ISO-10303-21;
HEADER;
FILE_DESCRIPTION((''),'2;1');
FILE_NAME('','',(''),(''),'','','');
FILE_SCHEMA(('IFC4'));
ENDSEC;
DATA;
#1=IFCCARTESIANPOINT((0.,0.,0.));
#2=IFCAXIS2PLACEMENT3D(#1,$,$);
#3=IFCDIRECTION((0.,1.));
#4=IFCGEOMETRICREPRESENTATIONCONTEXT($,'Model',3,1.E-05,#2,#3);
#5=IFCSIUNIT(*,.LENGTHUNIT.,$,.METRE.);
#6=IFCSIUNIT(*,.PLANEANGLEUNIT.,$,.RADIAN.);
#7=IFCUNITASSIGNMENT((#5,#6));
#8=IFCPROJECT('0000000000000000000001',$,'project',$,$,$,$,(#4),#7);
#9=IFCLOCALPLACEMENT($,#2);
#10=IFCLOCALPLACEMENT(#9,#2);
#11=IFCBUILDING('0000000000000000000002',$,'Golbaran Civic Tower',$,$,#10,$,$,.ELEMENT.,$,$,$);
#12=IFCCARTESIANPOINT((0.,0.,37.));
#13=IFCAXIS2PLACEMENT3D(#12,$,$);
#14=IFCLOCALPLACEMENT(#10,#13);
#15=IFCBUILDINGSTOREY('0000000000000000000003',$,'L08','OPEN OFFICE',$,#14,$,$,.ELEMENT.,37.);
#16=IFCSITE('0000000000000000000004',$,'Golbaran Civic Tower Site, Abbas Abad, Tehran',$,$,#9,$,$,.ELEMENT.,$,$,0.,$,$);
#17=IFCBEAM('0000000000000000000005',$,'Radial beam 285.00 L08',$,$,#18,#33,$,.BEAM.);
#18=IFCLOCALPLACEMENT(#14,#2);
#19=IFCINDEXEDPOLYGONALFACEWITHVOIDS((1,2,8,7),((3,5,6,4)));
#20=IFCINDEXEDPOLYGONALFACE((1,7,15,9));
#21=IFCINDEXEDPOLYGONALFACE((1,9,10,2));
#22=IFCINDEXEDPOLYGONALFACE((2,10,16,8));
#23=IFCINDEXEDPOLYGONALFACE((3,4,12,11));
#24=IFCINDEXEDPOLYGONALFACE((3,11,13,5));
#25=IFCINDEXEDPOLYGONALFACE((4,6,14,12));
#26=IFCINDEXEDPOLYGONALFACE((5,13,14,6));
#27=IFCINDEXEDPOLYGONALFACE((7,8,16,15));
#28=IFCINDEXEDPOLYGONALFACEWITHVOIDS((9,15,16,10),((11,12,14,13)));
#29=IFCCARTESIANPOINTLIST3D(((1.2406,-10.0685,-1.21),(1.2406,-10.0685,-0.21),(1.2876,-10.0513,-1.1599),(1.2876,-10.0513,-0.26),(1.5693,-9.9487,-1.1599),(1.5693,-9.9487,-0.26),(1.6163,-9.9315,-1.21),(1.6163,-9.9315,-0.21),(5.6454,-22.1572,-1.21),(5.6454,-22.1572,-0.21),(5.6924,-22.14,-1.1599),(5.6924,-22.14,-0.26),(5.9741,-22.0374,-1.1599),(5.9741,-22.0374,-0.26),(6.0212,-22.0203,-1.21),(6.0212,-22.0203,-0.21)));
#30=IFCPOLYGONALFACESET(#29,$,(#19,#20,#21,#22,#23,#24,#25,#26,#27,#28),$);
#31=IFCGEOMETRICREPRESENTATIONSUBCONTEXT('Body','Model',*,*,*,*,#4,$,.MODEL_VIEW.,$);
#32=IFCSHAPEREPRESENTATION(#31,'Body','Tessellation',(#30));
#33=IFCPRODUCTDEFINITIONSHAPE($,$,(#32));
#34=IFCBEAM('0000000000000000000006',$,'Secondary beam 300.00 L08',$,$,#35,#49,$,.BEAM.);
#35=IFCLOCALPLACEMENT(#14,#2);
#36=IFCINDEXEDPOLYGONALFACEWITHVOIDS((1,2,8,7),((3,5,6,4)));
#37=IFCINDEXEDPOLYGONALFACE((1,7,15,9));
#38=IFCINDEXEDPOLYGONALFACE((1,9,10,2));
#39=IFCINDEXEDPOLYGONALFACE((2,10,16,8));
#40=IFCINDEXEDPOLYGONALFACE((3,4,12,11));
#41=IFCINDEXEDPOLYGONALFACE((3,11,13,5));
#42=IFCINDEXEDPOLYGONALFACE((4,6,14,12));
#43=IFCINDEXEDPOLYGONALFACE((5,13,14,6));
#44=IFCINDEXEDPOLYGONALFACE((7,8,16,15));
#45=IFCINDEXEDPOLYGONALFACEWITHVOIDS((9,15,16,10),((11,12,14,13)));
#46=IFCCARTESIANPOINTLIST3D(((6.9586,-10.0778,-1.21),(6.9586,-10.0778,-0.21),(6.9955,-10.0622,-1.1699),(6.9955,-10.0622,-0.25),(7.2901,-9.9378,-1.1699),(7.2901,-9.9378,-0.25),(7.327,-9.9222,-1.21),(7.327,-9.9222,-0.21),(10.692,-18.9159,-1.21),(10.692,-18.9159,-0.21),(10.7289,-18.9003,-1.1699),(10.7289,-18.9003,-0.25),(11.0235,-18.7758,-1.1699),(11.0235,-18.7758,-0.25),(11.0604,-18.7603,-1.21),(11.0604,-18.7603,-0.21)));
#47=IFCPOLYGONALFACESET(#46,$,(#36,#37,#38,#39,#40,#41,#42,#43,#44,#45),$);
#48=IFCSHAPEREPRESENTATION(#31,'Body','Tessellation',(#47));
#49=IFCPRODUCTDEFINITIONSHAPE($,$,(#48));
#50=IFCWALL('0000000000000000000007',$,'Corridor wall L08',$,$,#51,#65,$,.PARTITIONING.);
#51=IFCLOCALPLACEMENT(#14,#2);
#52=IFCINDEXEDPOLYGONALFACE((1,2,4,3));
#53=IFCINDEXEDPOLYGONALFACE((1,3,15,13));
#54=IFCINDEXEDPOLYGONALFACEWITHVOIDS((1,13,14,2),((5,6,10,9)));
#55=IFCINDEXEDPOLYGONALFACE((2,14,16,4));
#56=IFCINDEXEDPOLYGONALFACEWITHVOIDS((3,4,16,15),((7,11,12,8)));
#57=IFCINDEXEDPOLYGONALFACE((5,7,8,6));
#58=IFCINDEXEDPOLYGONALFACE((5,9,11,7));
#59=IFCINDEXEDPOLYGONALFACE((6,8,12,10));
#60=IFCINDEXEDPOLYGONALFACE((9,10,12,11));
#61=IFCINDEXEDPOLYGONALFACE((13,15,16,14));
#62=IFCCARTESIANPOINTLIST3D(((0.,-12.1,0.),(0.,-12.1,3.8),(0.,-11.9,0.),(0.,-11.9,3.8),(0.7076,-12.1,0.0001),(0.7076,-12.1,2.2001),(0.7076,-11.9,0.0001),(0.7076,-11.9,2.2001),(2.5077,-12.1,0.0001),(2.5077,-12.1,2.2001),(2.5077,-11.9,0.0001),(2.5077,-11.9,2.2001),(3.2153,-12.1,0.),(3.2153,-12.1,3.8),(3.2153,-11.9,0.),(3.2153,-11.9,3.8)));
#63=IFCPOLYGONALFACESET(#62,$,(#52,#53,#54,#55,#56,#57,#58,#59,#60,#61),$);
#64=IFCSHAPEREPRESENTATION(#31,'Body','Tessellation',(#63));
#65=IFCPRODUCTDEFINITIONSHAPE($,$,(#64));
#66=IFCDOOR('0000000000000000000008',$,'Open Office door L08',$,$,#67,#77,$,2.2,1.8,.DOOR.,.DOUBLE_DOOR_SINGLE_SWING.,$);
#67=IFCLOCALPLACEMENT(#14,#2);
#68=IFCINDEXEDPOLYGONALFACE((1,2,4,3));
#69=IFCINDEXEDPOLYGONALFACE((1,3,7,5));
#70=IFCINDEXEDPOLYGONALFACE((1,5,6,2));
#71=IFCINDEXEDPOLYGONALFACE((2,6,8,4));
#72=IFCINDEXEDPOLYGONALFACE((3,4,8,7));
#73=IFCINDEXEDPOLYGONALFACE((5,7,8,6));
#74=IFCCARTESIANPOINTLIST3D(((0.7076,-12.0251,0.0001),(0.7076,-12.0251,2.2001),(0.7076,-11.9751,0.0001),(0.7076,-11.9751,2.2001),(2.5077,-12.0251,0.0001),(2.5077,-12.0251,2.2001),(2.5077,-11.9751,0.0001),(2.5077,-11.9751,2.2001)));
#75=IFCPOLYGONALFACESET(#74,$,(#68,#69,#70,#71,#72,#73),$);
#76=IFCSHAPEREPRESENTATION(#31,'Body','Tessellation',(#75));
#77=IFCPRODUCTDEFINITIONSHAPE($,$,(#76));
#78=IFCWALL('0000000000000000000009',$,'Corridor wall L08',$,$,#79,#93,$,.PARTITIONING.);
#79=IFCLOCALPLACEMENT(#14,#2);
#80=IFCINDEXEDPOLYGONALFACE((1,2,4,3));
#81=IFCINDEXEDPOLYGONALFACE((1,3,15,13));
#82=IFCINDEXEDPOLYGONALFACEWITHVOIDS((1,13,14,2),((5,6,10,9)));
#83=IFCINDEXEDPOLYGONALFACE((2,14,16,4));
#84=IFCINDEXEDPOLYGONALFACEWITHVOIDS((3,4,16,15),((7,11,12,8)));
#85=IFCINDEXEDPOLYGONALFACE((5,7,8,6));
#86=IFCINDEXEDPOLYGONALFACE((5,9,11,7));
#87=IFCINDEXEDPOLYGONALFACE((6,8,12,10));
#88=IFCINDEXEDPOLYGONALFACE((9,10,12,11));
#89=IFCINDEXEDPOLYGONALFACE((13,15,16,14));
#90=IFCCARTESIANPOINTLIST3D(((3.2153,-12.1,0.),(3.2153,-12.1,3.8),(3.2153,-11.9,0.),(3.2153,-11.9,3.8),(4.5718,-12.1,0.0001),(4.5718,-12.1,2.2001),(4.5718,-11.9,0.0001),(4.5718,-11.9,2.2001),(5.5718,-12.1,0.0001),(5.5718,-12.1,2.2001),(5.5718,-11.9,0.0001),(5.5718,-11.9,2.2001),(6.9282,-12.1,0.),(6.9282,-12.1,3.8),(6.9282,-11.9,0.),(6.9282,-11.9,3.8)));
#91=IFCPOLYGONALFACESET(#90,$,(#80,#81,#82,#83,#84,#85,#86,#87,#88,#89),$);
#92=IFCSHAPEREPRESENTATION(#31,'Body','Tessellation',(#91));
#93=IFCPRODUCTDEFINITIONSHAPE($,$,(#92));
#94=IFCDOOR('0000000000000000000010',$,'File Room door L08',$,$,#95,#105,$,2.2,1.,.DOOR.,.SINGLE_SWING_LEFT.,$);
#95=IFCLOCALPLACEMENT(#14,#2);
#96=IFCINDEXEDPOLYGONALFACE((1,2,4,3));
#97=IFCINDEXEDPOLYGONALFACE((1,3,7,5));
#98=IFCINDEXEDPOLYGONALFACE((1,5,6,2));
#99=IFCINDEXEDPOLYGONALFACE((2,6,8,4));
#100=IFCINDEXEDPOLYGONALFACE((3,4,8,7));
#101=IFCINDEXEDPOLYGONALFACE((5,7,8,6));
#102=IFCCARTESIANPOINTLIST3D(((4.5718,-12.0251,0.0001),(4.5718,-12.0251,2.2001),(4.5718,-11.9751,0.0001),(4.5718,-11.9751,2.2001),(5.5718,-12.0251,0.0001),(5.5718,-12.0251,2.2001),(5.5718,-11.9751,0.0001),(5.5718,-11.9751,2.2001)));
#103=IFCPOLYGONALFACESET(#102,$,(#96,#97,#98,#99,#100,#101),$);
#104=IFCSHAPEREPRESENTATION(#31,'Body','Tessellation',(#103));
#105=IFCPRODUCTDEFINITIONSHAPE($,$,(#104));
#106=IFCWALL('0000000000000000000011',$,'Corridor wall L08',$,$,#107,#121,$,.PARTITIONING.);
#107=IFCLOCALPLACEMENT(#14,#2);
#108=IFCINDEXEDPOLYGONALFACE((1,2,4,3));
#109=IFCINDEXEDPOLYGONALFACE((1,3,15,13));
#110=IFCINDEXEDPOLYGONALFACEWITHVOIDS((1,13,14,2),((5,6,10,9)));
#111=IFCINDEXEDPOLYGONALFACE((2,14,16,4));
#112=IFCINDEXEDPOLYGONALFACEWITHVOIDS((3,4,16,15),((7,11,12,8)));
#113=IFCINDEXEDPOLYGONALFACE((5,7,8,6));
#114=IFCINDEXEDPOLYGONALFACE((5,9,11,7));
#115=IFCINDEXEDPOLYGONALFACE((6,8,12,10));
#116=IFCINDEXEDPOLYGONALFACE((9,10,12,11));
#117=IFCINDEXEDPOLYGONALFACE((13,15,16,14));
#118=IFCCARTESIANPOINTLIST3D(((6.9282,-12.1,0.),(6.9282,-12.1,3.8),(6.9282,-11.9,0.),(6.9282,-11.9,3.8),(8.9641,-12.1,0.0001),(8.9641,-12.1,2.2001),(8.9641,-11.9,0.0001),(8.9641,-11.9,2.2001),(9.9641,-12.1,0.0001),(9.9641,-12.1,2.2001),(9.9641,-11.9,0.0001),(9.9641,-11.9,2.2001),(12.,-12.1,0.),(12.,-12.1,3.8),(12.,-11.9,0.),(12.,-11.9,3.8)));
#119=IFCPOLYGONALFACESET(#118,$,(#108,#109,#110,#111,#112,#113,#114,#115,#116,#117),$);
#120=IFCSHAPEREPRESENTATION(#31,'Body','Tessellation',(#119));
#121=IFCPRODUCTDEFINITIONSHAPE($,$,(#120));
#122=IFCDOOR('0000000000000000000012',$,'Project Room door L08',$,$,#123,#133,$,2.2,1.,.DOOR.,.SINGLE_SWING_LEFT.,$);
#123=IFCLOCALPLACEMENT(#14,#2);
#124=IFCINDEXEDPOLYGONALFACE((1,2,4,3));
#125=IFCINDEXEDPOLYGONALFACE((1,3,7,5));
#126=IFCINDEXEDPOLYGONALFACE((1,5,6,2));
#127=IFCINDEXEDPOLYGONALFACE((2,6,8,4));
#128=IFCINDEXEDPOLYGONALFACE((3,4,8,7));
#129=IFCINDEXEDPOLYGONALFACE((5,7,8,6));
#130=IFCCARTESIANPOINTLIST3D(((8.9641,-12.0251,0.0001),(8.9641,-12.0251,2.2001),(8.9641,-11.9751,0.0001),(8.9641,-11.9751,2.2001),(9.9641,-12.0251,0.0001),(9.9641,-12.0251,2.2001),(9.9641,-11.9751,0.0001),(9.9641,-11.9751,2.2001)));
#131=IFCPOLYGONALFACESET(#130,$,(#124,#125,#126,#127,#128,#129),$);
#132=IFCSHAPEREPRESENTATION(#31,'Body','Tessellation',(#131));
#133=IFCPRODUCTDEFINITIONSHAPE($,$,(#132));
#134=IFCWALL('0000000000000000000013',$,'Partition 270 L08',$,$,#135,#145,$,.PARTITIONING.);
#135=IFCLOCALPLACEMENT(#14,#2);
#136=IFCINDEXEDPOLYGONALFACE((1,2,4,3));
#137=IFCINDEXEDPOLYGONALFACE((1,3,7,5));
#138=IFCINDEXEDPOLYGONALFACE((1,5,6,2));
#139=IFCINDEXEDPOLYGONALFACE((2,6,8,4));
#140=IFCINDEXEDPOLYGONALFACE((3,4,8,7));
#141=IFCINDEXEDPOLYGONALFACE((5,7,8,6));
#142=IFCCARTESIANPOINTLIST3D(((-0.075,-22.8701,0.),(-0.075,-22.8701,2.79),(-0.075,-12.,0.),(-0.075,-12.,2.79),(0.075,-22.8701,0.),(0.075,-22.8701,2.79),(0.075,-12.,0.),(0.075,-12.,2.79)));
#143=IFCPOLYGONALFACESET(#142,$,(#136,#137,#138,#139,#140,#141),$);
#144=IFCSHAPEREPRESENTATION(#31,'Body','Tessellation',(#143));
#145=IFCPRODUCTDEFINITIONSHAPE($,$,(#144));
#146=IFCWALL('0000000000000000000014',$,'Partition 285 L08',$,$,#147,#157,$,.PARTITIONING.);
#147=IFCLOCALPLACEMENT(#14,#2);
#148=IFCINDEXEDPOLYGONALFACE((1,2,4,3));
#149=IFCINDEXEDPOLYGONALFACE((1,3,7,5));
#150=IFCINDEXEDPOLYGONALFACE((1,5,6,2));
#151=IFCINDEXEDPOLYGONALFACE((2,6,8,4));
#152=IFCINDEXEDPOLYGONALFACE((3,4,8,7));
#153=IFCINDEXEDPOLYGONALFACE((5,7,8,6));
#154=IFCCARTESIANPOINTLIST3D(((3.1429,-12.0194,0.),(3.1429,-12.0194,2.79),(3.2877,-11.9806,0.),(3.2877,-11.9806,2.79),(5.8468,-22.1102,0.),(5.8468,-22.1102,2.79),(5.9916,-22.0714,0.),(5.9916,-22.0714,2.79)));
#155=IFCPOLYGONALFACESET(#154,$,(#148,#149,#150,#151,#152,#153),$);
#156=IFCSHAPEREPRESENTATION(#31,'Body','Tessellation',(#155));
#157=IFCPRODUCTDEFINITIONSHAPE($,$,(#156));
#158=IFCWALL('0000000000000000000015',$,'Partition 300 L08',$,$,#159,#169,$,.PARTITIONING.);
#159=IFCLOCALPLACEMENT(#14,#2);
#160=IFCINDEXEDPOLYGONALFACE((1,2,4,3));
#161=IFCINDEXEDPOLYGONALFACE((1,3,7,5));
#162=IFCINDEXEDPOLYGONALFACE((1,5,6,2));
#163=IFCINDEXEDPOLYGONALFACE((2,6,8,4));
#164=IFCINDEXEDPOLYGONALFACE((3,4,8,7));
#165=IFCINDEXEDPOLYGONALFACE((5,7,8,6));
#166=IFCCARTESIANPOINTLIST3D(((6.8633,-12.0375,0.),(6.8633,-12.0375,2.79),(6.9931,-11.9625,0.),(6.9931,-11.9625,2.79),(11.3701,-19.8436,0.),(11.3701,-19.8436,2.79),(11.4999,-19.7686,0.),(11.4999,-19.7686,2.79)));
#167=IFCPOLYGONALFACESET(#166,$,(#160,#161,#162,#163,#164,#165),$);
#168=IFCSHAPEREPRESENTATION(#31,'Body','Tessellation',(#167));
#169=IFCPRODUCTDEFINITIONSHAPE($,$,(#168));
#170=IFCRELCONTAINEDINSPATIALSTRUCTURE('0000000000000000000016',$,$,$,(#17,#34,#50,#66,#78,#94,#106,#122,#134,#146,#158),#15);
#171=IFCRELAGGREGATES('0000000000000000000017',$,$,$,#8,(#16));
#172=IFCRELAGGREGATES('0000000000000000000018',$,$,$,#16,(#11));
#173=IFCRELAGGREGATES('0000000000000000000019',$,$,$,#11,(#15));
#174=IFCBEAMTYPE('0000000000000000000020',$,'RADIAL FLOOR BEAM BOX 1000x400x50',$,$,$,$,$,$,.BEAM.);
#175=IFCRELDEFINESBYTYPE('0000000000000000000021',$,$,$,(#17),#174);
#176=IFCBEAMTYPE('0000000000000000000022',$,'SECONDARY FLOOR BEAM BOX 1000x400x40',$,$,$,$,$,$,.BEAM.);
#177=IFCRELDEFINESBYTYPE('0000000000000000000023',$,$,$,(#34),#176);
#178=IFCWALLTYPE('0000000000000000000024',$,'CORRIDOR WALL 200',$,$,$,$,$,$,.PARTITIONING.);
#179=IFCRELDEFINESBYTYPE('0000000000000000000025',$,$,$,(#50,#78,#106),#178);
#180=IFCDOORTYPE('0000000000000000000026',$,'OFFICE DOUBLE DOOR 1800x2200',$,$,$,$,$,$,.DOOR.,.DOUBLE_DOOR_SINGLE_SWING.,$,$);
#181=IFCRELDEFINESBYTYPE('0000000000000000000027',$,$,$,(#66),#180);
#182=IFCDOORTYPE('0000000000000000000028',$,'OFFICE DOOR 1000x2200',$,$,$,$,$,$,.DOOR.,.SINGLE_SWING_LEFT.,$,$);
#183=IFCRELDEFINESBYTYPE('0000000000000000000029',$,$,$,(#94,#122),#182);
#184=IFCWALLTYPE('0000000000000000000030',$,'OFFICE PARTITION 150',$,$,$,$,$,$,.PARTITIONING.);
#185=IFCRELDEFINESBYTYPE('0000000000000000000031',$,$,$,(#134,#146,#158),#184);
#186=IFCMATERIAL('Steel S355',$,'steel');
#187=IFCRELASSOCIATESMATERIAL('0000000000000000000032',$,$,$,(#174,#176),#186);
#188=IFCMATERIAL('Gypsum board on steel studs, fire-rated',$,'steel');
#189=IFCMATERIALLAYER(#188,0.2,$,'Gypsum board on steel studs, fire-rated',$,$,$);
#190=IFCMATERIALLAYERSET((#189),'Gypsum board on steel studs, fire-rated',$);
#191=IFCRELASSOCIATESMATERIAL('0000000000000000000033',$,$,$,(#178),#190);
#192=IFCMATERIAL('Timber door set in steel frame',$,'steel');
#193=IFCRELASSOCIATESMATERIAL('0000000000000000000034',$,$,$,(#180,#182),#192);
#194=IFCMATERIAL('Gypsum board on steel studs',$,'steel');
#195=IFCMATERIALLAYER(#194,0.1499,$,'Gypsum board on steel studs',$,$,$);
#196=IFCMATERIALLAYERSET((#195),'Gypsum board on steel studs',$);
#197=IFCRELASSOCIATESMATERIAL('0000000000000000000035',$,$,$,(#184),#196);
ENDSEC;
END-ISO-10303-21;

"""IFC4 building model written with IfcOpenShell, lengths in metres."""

from ifc_helpers import new_model, si_unit, direction, frame, frame_2d, origin, origin_2d, place, context, subcontext, project, spatial, rectangle, hollow_rectangle, extrude, material, layer, layer_set, material_profile, profile_set, type_object, element, fill, save


model = new_model("IFC4")

# Units and contexts
model_context = context("Model", 3, precision=1e-05, world=origin(), true_north=direction((0.0, 1.0)))
body_context = subcontext(model_context, "Body", "Model", "MODEL_VIEW")
ifc_project = project(units=[si_unit("LENGTHUNIT", "METRE"), si_unit("PLANEANGLEUNIT", "RADIAN")], contexts=[model_context])

# Site, building, storey
site_placement = place(None, origin())
site = spatial("IfcSite", under=ifc_project, at=site_placement, Name="Golbaran Civic Tower Site, Abbas Abad, Tehran", CompositionType="ELEMENT", RefElevation=0.0)
building_placement = place(site_placement, origin())
building = spatial("IfcBuilding", under=site, at=building_placement, Name="Golbaran Civic Tower", CompositionType="ELEMENT")
storey_placement = place(building_placement, frame((0.0, 0.0, 37.0)))
storey = spatial("IfcBuildingStorey", under=building, at=storey_placement, Name="L08", Description="OPEN OFFICE", CompositionType="ELEMENT", Elevation=37.0)

# Beams
ifc_material_1 = material(Name="Steel S355", Category="steel")
ifc_material_profile_1 = material_profile(ifc_material_1, hollow_rectangle(XDim=0.3999, YDim=1.0, WallThickness=0.05, at=origin_2d()), Name="BOX 1000x400x50")
ifc_profile_set_1 = profile_set([ifc_material_profile_1], Name="Steel S355")
beam_type_1 = type_object("IfcBeamType", Name="RADIAL FLOOR BEAM BOX 1000x400x50", PredefinedType="BEAM", material=ifc_profile_set_1)
beam_1_placement = place(storey_placement, frame((1.4285, -10.0, -0.71), z_axis=(0.342355, -0.939571, 0.0), x_axis=(0.939571, 0.342355, 0.0)))
element("IfcBeam", 1, at=beam_1_placement, inside=storey, type_object=beam_type_1, Name="Radial beam 285.00 L08", PredefinedType="BEAM", context=body_context, shape_type="SweptSolid", body=[
    extrude(hollow_rectangle(XDim=0.3999, YDim=1.0, WallThickness=0.05, at=origin_2d()), origin(), (0.0, 0.0, 1.0), 12.8662),
])
ifc_material_profile_2 = material_profile(ifc_material_1, hollow_rectangle(XDim=0.3999, YDim=1.0, WallThickness=0.04, at=origin_2d()), Name="BOX 1000x400x40")
ifc_profile_set_2 = profile_set([ifc_material_profile_2], Name="Steel S355")
beam_type_2 = type_object("IfcBeamType", Name="SECONDARY FLOOR BEAM BOX 1000x400x40", PredefinedType="BEAM", material=ifc_profile_set_2)
beam_2_placement = place(storey_placement, frame((7.1428, -10.0, -0.71), z_axis=(0.389126, -0.921185, 0.0), x_axis=(0.921185, 0.389126, 0.0)))
element("IfcBeam", 2, at=beam_2_placement, inside=storey, type_object=beam_type_2, Name="Secondary beam 300.00 L08", PredefinedType="BEAM", context=body_context, shape_type="SweptSolid", body=[
    extrude(hollow_rectangle(XDim=0.3999, YDim=1.0, WallThickness=0.04, at=origin_2d()), origin(), (0.0, 0.0, 1.0), 9.5942),
])

# Walls, openings, doors
ifc_material_2 = material(Name="Gypsum board on steel studs, fire-rated", Category="steel")
ifc_layer_1 = layer(ifc_material_2, 0.2, Name="Gypsum board on steel studs, fire-rated")
ifc_layer_set_1 = layer_set([ifc_layer_1], Name="Gypsum board on steel studs, fire-rated")
wall_type_1 = type_object("IfcWallType", Name="CORRIDOR WALL 200", PredefinedType="PARTITIONING", material=ifc_layer_set_1)
wall_1_placement = place(storey_placement, frame((0.0, -12.0, 0.0), z_axis=(0.0, 0.0, 1.0), x_axis=(1.0, 0.0, 0.0)))
wall_1 = element("IfcWall", 3, at=wall_1_placement, inside=storey, type_object=wall_type_1, Name="Corridor wall L08", PredefinedType="PARTITIONING", context=body_context, shape_type="SweptSolid", body=[
    extrude(rectangle(XDim=3.2153, YDim=0.2, at=frame_2d((1.6077, 0.0))), origin(), (0.0, 0.0, 1.0), 3.8),
])
opening_1_placement = place(wall_1_placement, frame((0.7078, 0.0, 0.0)))
opening_1 = element("IfcOpeningElement", 4, at=opening_1_placement, cuts=wall_1, PredefinedType="OPENING", context=body_context, shape_type="SweptSolid", body=[
    extrude(rectangle(XDim=1.8, YDim=2.2, at=frame_2d((0.8999, 1.1001))), frame((0.0, 0.1099, 0.0), z_axis=(0.0, -1.0, 0.0), x_axis=(1.0, 0.0, 0.0)), (0.0, 0.0, 1.0), 0.22),
])
ifc_material_3 = material(Name="Timber door set in steel frame", Category="steel")
door_type_1 = type_object("IfcDoorType", Name="OFFICE DOUBLE DOOR 1800x2200", OperationType="DOUBLE_DOOR_SINGLE_SWING", PredefinedType="DOOR", material=ifc_material_3)
door_1_placement = place(opening_1_placement, origin())
door_1 = element("IfcDoor", 5, at=door_1_placement, inside=storey, type_object=door_type_1, Name="Open Office door L08", OperationType="DOUBLE_DOOR_SINGLE_SWING", OverallHeight=2.2, OverallWidth=1.8, PredefinedType="DOOR", context=body_context, shape_type="SweptSolid", body=[
    extrude(rectangle(XDim=1.8, YDim=2.2, at=frame_2d((0.8999, 1.1001))), frame((0.0, 0.0249, 0.0), z_axis=(0.0, -1.0, 0.0), x_axis=(1.0, 0.0, 0.0)), (0.0, 0.0, 1.0), 0.05),
])
fill(opening_1, door_1)
wall_2_placement = place(storey_placement, frame((3.2153, -12.0, 0.0), z_axis=(0.0, 0.0, 1.0), x_axis=(1.0, 0.0, 0.0)))
wall_2 = element("IfcWall", 6, at=wall_2_placement, inside=storey, type_object=wall_type_1, Name="Corridor wall L08", PredefinedType="PARTITIONING", context=body_context, shape_type="SweptSolid", body=[
    extrude(rectangle(XDim=3.7129, YDim=0.2, at=frame_2d((1.8564, 0.0))), origin(), (0.0, 0.0, 1.0), 3.8),
])
opening_2_placement = place(wall_2_placement, frame((1.3564, 0.0, 0.0)))
opening_2 = element("IfcOpeningElement", 7, at=opening_2_placement, cuts=wall_2, PredefinedType="OPENING", context=body_context, shape_type="SweptSolid", body=[
    extrude(rectangle(XDim=1.0, YDim=2.2, at=frame_2d((0.5, 1.1001))), frame((0.0, 0.1099, 0.0), z_axis=(0.0, -1.0, 0.0), x_axis=(1.0, 0.0, 0.0)), (0.0, 0.0, 1.0), 0.22),
])
door_type_2 = type_object("IfcDoorType", Name="OFFICE DOOR 1000x2200", OperationType="SINGLE_SWING_LEFT", PredefinedType="DOOR", material=ifc_material_3)
door_2_placement = place(opening_2_placement, origin())
door_2 = element("IfcDoor", 8, at=door_2_placement, inside=storey, type_object=door_type_2, Name="File Room door L08", OperationType="SINGLE_SWING_LEFT", OverallHeight=2.2, OverallWidth=1.0, PredefinedType="DOOR", context=body_context, shape_type="SweptSolid", body=[
    extrude(rectangle(XDim=1.0, YDim=2.2, at=frame_2d((0.5, 1.1001))), frame((0.0, 0.0249, 0.0), z_axis=(0.0, -1.0, 0.0), x_axis=(1.0, 0.0, 0.0)), (0.0, 0.0, 1.0), 0.05),
])
fill(opening_2, door_2)
wall_3_placement = place(storey_placement, frame((6.9282, -12.0, 0.0), z_axis=(0.0, 0.0, 1.0), x_axis=(1.0, 0.0, 0.0)))
wall_3 = element("IfcWall", 9, at=wall_3_placement, inside=storey, type_object=wall_type_1, Name="Corridor wall L08", PredefinedType="PARTITIONING", context=body_context, shape_type="SweptSolid", body=[
    extrude(rectangle(XDim=5.0718, YDim=0.2, at=frame_2d((2.5359, 0.0))), origin(), (0.0, 0.0, 1.0), 3.8),
])
opening_3_placement = place(wall_3_placement, frame((2.0359, 0.0, 0.0)))
opening_3 = element("IfcOpeningElement", 10, at=opening_3_placement, cuts=wall_3, PredefinedType="OPENING", context=body_context, shape_type="SweptSolid", body=[
    extrude(rectangle(XDim=1.0, YDim=2.2, at=frame_2d((0.5, 1.1001))), frame((0.0, 0.1099, 0.0), z_axis=(0.0, -1.0, 0.0), x_axis=(1.0, 0.0, 0.0)), (0.0, 0.0, 1.0), 0.22),
])
door_3_placement = place(opening_3_placement, origin())
door_3 = element("IfcDoor", 11, at=door_3_placement, inside=storey, type_object=door_type_2, Name="Project Room door L08", OperationType="SINGLE_SWING_LEFT", OverallHeight=2.2, OverallWidth=1.0, PredefinedType="DOOR", context=body_context, shape_type="SweptSolid", body=[
    extrude(rectangle(XDim=1.0, YDim=2.2, at=frame_2d((0.5, 1.1001))), frame((0.0, 0.0249, 0.0), z_axis=(0.0, -1.0, 0.0), x_axis=(1.0, 0.0, 0.0)), (0.0, 0.0, 1.0), 0.05),
])
fill(opening_3, door_3)

# Walls
ifc_material_4 = material(Name="Gypsum board on steel studs", Category="steel")
ifc_layer_2 = layer(ifc_material_4, 0.1499, Name="Gypsum board on steel studs")
ifc_layer_set_2 = layer_set([ifc_layer_2], Name="Gypsum board on steel studs")
wall_type_2 = type_object("IfcWallType", Name="OFFICE PARTITION 150", PredefinedType="PARTITIONING", material=ifc_layer_set_2)
wall_4_placement = place(storey_placement, frame((0.0, -12.0, 0.0), z_axis=(0.0, 0.0, 1.0), x_axis=(0.0, -1.0, 0.0)))
element("IfcWall", 12, at=wall_4_placement, inside=storey, type_object=wall_type_2, Name="Partition 270 L08", PredefinedType="PARTITIONING", context=body_context, shape_type="SweptSolid", body=[
    extrude(rectangle(XDim=10.8701, YDim=0.1499, at=frame_2d((5.4351, 0.0))), origin(), (0.0, 0.0, 1.0), 2.79),
])
wall_5_placement = place(storey_placement, frame((3.2153, -12.0, 0.0), z_axis=(0.0, 0.0, 1.0), x_axis=(0.258822, -0.965925, 0.0)))
element("IfcWall", 13, at=wall_5_placement, inside=storey, type_object=wall_type_2, Name="Partition 285 L08", PredefinedType="PARTITIONING", context=body_context, shape_type="SweptSolid", body=[
    extrude(rectangle(XDim=10.4468, YDim=0.1499, at=frame_2d((5.2234, 0.0))), origin(), (0.0, 0.0, 1.0), 2.79),
])
wall_6_placement = place(storey_placement, frame((6.9282, -12.0, 0.0), z_axis=(0.0, 0.0, 1.0), x_axis=(0.499996, -0.866028, 0.0)))
element("IfcWall", 14, at=wall_6_placement, inside=storey, type_object=wall_type_2, Name="Partition 300 L08", PredefinedType="PARTITIONING", context=body_context, shape_type="SweptSolid", body=[
    extrude(rectangle(XDim=9.0137, YDim=0.1499, at=frame_2d((4.5068, 0.0))), origin(), (0.0, 0.0, 1.0), 2.79),
])

save(model, "model.ifc")
